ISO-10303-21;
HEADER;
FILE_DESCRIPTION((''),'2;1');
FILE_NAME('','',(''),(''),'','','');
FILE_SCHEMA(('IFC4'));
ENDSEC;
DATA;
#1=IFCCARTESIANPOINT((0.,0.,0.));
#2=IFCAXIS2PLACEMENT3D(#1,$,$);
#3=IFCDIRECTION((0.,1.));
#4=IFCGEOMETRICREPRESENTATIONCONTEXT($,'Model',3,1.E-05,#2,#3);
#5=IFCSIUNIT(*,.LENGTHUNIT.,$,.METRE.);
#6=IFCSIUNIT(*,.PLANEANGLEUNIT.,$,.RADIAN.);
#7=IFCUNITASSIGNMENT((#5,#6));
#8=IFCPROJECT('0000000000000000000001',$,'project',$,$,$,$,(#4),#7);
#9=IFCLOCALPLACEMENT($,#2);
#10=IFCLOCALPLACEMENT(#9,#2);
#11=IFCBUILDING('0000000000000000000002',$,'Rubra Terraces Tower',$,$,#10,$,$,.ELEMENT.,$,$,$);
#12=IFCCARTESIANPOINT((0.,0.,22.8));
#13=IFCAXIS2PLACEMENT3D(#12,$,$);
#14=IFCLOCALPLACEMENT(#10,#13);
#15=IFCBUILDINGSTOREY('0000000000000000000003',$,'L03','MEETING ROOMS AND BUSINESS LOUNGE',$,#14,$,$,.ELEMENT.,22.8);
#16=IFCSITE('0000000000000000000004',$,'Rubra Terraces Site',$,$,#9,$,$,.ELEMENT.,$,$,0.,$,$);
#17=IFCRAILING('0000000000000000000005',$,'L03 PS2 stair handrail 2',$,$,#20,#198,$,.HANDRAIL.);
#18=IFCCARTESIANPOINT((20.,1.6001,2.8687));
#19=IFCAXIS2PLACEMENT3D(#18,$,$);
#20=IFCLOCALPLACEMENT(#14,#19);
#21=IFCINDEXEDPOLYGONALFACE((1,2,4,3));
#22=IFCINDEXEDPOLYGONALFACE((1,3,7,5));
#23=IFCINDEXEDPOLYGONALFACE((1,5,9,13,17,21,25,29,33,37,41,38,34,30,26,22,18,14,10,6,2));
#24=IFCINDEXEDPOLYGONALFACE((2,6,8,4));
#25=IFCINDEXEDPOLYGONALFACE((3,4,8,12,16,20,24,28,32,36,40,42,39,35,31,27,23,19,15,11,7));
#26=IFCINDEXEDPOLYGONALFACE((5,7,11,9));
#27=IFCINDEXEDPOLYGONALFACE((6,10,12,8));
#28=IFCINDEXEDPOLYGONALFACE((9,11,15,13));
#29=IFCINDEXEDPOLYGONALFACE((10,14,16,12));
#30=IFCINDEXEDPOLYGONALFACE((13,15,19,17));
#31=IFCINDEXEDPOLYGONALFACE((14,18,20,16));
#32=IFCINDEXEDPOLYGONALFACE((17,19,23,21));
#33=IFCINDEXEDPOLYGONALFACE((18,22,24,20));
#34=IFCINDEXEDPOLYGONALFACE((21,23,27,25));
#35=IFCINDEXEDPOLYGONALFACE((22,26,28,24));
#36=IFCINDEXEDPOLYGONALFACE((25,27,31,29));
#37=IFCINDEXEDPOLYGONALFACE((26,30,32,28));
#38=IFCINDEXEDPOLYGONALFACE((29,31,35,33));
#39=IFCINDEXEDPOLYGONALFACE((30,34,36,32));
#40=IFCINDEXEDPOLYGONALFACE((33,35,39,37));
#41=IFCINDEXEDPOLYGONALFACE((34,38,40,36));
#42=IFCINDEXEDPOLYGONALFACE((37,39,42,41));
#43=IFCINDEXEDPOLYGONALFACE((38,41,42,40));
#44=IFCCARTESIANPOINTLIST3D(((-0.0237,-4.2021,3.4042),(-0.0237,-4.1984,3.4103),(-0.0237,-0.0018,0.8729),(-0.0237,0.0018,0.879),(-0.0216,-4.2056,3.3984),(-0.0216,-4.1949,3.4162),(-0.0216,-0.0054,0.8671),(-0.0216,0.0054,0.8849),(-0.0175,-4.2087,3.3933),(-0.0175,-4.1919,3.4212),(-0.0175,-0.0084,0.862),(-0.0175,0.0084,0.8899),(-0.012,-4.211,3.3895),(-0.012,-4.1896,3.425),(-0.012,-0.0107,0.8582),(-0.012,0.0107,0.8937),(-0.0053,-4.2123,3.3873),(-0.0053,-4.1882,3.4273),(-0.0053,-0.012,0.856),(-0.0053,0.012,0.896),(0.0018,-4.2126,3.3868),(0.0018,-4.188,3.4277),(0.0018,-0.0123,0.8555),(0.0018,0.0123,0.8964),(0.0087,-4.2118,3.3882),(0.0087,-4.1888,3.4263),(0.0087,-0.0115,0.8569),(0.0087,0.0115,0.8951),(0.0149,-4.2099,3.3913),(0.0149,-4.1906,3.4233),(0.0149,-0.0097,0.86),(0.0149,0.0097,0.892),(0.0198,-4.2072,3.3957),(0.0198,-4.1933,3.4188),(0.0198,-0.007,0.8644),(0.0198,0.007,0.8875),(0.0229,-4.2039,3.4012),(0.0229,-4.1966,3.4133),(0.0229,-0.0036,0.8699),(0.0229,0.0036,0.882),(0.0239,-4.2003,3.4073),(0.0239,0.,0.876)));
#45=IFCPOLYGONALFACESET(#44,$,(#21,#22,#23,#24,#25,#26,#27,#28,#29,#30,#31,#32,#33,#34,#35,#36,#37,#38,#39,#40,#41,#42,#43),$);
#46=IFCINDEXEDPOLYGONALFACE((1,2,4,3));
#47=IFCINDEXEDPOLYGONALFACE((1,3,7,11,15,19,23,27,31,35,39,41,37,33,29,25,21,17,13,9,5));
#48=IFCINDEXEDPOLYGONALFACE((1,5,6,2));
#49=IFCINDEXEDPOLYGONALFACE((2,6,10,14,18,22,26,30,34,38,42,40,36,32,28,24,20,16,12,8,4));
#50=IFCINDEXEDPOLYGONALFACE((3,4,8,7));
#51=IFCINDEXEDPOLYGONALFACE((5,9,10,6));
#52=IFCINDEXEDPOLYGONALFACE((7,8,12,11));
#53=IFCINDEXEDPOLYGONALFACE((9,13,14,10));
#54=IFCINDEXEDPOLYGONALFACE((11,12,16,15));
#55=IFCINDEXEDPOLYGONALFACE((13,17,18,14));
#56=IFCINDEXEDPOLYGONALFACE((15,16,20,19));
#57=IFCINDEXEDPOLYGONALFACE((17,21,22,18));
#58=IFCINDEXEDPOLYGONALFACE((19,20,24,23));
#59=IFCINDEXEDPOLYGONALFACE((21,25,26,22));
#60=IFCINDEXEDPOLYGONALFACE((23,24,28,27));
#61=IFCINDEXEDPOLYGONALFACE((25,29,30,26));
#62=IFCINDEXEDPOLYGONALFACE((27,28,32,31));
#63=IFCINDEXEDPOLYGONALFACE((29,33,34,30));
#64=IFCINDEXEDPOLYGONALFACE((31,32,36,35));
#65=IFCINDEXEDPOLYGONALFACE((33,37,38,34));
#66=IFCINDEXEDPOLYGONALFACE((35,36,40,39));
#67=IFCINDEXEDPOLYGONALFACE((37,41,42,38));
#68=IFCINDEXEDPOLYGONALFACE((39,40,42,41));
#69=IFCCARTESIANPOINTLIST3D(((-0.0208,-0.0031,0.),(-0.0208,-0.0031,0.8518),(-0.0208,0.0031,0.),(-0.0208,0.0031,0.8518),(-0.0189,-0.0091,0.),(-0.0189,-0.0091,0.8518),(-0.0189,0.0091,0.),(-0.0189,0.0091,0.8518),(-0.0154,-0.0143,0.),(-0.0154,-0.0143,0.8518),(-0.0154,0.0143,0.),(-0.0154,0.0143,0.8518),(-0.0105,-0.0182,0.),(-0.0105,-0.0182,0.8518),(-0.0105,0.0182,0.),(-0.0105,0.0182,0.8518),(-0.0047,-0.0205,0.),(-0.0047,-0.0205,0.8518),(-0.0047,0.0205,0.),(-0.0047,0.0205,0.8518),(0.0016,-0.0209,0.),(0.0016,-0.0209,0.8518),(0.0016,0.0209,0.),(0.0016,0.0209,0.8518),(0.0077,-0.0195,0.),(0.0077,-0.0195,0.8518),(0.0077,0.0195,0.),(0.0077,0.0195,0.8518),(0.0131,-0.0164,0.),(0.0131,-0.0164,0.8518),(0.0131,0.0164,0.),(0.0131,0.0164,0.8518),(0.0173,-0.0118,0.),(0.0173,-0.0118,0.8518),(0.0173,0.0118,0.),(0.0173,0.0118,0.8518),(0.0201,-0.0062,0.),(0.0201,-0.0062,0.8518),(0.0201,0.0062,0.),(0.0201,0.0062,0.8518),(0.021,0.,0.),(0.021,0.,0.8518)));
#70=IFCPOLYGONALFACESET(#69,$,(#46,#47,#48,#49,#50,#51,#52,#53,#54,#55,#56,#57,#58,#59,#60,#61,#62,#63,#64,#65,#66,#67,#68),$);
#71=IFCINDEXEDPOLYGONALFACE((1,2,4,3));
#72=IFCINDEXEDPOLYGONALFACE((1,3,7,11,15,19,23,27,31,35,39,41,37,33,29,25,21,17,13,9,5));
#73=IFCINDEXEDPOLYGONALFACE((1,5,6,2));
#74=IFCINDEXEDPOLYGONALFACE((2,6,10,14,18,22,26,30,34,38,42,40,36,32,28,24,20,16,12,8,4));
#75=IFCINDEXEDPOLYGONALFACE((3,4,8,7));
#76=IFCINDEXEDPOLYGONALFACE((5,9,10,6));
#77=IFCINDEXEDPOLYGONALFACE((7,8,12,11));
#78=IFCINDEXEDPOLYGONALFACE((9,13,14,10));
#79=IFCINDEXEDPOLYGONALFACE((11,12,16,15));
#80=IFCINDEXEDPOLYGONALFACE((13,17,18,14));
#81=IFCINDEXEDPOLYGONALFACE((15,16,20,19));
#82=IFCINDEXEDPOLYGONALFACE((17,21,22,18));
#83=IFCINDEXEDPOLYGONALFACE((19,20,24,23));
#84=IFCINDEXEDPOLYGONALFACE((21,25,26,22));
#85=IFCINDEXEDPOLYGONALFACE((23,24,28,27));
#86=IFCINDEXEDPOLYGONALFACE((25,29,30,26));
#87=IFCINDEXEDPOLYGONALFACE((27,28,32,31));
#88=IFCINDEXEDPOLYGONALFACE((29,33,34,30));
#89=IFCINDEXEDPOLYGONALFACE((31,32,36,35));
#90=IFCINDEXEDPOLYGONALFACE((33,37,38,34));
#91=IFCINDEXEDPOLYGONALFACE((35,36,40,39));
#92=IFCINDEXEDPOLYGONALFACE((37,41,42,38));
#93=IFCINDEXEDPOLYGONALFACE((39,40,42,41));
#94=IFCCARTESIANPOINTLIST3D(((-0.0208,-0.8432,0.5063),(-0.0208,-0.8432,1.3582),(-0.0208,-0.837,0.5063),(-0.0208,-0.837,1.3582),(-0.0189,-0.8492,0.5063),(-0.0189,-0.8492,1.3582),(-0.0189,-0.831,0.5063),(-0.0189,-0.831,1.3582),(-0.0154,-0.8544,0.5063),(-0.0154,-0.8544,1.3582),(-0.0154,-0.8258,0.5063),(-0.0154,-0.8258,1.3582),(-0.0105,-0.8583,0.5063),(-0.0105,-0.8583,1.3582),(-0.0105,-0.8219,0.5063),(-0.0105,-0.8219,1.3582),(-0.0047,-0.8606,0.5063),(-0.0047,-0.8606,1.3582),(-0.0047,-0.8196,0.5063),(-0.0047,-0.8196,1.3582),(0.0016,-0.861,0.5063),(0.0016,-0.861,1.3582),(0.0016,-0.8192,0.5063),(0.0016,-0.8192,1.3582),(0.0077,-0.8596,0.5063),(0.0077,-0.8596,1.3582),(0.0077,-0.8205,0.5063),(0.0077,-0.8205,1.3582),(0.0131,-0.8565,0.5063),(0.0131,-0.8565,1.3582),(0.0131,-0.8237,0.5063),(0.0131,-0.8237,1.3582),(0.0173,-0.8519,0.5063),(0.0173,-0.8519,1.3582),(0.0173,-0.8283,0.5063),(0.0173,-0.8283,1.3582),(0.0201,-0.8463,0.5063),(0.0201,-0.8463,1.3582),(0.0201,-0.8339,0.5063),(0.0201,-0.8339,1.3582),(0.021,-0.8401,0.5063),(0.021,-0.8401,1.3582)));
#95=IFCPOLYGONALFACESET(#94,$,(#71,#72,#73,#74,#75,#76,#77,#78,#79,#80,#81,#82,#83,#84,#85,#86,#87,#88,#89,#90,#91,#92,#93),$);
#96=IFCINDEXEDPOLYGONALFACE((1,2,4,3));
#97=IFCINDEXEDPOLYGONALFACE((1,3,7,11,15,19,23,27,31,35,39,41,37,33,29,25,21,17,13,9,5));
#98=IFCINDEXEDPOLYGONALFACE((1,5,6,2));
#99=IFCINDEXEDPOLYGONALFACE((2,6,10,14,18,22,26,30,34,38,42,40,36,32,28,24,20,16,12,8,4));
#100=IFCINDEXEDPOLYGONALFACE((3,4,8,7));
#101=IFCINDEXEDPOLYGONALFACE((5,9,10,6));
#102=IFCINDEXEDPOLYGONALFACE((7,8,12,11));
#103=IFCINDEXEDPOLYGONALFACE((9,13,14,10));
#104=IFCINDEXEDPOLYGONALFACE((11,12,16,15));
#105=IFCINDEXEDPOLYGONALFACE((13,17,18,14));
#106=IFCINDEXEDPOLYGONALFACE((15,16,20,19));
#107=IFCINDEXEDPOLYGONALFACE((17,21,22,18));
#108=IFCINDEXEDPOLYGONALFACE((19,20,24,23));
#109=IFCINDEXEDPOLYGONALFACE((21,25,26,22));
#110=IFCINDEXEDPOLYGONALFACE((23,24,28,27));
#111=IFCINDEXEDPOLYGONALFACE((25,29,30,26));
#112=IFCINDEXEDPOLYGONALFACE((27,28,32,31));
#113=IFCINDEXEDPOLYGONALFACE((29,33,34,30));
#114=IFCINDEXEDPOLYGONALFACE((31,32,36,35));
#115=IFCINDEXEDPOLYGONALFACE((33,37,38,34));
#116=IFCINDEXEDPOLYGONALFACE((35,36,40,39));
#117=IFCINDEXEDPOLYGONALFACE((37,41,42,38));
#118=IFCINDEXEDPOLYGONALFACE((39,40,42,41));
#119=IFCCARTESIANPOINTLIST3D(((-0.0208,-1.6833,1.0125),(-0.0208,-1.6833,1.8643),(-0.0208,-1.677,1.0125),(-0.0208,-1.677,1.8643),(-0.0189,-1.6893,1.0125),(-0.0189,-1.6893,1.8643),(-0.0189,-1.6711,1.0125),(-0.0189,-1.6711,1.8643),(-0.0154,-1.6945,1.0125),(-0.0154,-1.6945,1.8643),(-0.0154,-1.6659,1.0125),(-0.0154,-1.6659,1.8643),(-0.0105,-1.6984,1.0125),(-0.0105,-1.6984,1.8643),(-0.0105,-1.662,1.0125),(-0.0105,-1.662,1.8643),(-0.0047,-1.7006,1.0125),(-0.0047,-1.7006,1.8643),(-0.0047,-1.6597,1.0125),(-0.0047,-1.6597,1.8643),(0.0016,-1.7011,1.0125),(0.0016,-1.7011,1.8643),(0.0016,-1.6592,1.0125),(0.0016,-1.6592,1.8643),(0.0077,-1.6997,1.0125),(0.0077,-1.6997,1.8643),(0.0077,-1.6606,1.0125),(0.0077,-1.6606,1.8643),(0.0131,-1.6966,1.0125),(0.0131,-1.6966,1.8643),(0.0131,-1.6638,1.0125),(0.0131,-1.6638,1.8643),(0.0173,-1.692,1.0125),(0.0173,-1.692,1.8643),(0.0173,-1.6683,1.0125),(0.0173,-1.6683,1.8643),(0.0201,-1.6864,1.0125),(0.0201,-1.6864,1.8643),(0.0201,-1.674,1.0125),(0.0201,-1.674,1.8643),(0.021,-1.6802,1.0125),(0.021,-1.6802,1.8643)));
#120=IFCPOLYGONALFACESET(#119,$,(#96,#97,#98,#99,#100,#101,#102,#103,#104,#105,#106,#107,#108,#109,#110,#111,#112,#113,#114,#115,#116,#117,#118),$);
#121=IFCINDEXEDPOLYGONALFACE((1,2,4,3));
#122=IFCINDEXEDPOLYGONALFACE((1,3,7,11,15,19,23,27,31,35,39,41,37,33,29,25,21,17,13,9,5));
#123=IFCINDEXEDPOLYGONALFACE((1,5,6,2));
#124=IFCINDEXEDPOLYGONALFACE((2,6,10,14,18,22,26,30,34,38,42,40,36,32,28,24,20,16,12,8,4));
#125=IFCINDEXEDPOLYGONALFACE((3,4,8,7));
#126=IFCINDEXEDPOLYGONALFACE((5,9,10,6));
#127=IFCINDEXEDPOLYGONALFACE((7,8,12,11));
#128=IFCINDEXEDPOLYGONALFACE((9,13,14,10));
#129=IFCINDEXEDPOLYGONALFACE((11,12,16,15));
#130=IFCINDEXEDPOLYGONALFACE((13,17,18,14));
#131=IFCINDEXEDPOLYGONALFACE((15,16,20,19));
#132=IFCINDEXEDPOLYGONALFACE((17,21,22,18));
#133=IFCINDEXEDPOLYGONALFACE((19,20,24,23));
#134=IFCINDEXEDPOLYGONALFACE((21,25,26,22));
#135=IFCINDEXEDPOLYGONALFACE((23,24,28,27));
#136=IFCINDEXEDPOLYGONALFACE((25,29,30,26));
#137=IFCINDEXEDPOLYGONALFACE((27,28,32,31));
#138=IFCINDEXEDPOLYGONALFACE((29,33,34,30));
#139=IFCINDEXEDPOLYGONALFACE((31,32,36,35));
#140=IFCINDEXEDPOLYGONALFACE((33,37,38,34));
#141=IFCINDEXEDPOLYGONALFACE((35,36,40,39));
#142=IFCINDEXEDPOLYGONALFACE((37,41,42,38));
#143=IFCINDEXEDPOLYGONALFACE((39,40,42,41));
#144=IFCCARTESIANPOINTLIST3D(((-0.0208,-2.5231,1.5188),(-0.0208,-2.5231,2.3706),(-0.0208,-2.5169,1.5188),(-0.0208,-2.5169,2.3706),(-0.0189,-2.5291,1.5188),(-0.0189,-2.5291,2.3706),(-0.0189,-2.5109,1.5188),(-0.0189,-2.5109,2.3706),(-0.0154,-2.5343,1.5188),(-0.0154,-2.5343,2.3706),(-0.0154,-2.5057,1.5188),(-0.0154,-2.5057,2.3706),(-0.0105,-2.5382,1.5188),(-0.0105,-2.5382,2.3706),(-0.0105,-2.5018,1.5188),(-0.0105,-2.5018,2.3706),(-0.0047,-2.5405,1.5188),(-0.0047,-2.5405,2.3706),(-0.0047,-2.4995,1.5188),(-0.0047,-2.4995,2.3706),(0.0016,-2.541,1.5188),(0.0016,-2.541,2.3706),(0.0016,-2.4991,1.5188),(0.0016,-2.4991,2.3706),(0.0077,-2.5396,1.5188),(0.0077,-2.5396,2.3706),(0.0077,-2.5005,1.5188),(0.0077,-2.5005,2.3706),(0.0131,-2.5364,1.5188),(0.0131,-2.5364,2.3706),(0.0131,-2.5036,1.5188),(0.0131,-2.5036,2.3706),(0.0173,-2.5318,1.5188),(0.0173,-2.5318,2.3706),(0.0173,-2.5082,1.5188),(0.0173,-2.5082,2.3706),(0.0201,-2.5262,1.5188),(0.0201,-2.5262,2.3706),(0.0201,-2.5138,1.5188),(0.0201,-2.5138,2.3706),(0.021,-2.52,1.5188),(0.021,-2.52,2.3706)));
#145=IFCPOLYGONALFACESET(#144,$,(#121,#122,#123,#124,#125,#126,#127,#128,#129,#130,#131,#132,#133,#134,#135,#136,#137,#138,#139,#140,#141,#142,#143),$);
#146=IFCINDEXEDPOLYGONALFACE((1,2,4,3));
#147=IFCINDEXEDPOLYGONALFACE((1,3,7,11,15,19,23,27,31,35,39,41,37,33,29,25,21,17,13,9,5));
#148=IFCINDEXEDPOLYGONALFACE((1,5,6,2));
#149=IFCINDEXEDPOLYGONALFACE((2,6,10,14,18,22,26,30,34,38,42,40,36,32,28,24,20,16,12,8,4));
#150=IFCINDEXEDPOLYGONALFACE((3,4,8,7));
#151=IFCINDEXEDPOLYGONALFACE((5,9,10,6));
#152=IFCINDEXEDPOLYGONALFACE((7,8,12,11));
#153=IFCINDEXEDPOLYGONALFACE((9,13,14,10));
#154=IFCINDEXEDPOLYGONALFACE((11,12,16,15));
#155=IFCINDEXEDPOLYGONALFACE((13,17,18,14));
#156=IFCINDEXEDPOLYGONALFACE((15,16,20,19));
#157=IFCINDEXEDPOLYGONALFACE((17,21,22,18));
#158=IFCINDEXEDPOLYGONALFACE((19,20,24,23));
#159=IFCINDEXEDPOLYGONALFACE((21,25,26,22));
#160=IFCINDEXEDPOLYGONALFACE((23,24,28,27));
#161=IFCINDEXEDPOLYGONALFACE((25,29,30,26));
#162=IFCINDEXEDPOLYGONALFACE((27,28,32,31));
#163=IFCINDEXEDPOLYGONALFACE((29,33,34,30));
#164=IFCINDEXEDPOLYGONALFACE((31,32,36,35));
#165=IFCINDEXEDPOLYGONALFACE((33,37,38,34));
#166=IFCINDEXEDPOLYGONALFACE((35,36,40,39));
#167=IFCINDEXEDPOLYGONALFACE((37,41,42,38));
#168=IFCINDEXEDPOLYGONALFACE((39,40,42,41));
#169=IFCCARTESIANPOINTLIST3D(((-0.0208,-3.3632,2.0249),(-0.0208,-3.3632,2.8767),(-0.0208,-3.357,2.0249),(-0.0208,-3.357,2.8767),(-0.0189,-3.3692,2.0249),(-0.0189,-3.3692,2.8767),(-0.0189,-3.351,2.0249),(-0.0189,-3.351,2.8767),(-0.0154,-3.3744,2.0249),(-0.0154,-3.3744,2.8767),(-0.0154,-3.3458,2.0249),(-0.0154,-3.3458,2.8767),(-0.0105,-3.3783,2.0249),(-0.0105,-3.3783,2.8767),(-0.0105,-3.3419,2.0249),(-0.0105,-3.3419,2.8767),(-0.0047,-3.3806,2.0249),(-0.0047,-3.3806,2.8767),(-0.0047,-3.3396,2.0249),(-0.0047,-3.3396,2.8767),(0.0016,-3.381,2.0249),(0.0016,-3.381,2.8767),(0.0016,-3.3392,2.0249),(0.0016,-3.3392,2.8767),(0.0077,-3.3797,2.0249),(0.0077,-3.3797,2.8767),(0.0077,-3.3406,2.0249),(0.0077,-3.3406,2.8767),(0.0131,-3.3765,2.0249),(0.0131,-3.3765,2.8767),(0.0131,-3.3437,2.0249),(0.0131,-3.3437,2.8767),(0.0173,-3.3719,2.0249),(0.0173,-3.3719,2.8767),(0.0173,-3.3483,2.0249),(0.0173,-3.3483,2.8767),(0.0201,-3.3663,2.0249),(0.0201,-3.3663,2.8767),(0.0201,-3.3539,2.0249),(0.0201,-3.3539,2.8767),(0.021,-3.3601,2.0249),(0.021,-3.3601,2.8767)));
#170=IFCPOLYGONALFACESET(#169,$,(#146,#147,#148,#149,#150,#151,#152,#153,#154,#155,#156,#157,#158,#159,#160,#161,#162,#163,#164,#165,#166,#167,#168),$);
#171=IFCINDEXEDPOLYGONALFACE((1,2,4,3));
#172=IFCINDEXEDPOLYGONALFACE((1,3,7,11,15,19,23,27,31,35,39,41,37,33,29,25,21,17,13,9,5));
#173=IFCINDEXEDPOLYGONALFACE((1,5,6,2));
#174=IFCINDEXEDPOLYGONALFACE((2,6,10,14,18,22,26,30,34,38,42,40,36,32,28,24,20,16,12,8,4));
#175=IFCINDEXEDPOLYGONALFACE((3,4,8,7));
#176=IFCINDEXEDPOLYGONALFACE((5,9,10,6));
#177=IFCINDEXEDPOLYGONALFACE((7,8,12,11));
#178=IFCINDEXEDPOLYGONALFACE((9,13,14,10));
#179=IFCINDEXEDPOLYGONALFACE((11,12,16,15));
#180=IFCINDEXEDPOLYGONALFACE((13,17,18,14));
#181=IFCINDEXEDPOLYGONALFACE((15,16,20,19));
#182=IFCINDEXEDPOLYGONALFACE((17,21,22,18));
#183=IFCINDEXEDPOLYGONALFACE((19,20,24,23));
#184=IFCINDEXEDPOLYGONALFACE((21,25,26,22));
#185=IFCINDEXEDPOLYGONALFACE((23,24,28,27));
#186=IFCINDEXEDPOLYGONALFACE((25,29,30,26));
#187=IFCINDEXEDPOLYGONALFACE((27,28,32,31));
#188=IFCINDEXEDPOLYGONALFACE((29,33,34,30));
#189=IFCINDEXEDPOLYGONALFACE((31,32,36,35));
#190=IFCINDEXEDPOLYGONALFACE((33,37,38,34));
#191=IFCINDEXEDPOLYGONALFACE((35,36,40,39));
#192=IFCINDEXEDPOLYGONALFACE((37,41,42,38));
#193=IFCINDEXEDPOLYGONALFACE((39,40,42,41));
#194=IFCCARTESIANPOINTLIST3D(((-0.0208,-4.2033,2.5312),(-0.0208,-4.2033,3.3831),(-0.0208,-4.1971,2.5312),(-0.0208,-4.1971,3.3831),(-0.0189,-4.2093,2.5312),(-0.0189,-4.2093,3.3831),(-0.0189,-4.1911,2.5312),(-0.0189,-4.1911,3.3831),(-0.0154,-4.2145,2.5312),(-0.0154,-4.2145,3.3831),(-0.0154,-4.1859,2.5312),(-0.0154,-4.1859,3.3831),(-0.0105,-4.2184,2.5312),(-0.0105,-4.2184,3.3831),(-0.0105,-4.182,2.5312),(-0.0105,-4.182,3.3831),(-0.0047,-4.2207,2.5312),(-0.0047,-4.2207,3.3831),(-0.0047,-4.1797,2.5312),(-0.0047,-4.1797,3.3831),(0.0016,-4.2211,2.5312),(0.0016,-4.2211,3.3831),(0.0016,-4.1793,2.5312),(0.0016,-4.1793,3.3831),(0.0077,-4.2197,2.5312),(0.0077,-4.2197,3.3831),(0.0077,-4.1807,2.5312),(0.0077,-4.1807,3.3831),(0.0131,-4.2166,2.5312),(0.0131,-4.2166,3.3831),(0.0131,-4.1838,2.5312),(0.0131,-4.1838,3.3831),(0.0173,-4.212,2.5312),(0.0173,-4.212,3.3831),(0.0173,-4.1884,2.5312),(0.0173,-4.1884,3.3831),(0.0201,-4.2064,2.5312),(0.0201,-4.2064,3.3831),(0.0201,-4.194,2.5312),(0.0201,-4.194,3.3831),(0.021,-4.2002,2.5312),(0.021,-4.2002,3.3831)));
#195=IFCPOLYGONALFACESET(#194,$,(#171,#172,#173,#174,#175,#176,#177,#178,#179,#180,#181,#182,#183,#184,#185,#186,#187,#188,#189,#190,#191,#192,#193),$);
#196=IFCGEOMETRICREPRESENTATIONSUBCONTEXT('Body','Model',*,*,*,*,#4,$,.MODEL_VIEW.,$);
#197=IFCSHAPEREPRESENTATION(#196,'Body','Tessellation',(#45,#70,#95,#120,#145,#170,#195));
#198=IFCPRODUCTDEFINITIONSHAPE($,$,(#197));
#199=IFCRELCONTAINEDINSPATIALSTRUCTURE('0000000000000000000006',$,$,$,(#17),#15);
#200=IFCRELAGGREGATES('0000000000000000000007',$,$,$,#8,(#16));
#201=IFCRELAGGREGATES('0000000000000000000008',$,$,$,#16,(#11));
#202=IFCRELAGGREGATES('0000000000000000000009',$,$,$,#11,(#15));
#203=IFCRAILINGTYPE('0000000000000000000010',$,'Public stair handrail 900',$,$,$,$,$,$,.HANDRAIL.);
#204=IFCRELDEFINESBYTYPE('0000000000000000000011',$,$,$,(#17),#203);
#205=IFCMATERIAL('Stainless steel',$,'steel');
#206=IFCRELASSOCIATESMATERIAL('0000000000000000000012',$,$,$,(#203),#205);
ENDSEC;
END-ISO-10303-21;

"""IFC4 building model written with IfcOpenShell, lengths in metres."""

from ifc_helpers import new_model, si_unit, direction, frame, origin, origin_2d, place, context, subcontext, project, spatial, circle, extrude, material, type_object, element, save


model = new_model("IFC4")

# Units and contexts
model_context = context("Model", 3, precision=1e-05, world=origin(), true_north=direction((0.0, 1.0)))
body_context = subcontext(model_context, "Body", "Model", "MODEL_VIEW")
ifc_project = project(units=[si_unit("LENGTHUNIT", "METRE"), si_unit("PLANEANGLEUNIT", "RADIAN")], contexts=[model_context])

# Site, building, storey
site_placement = place(None, origin())
site = spatial("IfcSite", under=ifc_project, at=site_placement, Name="Rubra Terraces Site", CompositionType="ELEMENT", RefElevation=0.0)
building_placement = place(site_placement, origin())
building = spatial("IfcBuilding", under=site, at=building_placement, Name="Rubra Terraces Tower", CompositionType="ELEMENT")
storey_placement = place(building_placement, frame((0.0, 0.0, 22.8)))
storey = spatial("IfcBuildingStorey", under=building, at=storey_placement, Name="L03", Description="MEETING ROOMS AND BUSINESS LOUNGE", CompositionType="ELEMENT", Elevation=22.8)

# Railing
ifc_material_1 = material(Name="Stainless steel", Category="steel")
railing_type_1 = type_object("IfcRailingType", Name="Public stair handrail 900", PredefinedType="HANDRAIL", material=ifc_material_1)
railing_1_placement = place(storey_placement, frame((20.0, 1.6001, 2.8687)))
element("IfcRailing", 1, at=railing_1_placement, inside=storey, type_object=railing_type_1, Name="L03 PS2 stair handrail 2", PredefinedType="HANDRAIL", context=body_context, shape_type="SweptSolid", body=[
    extrude(circle(Radius=0.0239, at=origin_2d()), frame((0.0, 0.0, 0.876), z_axis=(0.0, -0.85649, 0.516164), x_axis=(1.0, 0.0, 0.0)), (0.0, 0.0, 1.0), 4.9041),
    extrude(circle(Radius=0.021, at=origin_2d()), origin(), (0.0, 0.0, 1.0), 0.8518),
    extrude(circle(Radius=0.021, at=origin_2d()), frame((0.0, -0.8401, 0.5063)), (0.0, 0.0, 1.0), 0.8518),
    extrude(circle(Radius=0.021, at=origin_2d()), frame((0.0, -1.6802, 1.0125)), (0.0, 0.0, 1.0), 0.8518),
    extrude(circle(Radius=0.021, at=origin_2d()), frame((0.0, -2.52, 1.5188)), (0.0, 0.0, 1.0), 0.8518),
    extrude(circle(Radius=0.021, at=origin_2d()), frame((0.0, -3.3601, 2.0249)), (0.0, 0.0, 1.0), 0.8518),
    extrude(circle(Radius=0.021, at=origin_2d()), frame((0.0, -4.2002, 2.5312)), (0.0, 0.0, 1.0), 0.8518),
])

save(model, "model.ifc")
